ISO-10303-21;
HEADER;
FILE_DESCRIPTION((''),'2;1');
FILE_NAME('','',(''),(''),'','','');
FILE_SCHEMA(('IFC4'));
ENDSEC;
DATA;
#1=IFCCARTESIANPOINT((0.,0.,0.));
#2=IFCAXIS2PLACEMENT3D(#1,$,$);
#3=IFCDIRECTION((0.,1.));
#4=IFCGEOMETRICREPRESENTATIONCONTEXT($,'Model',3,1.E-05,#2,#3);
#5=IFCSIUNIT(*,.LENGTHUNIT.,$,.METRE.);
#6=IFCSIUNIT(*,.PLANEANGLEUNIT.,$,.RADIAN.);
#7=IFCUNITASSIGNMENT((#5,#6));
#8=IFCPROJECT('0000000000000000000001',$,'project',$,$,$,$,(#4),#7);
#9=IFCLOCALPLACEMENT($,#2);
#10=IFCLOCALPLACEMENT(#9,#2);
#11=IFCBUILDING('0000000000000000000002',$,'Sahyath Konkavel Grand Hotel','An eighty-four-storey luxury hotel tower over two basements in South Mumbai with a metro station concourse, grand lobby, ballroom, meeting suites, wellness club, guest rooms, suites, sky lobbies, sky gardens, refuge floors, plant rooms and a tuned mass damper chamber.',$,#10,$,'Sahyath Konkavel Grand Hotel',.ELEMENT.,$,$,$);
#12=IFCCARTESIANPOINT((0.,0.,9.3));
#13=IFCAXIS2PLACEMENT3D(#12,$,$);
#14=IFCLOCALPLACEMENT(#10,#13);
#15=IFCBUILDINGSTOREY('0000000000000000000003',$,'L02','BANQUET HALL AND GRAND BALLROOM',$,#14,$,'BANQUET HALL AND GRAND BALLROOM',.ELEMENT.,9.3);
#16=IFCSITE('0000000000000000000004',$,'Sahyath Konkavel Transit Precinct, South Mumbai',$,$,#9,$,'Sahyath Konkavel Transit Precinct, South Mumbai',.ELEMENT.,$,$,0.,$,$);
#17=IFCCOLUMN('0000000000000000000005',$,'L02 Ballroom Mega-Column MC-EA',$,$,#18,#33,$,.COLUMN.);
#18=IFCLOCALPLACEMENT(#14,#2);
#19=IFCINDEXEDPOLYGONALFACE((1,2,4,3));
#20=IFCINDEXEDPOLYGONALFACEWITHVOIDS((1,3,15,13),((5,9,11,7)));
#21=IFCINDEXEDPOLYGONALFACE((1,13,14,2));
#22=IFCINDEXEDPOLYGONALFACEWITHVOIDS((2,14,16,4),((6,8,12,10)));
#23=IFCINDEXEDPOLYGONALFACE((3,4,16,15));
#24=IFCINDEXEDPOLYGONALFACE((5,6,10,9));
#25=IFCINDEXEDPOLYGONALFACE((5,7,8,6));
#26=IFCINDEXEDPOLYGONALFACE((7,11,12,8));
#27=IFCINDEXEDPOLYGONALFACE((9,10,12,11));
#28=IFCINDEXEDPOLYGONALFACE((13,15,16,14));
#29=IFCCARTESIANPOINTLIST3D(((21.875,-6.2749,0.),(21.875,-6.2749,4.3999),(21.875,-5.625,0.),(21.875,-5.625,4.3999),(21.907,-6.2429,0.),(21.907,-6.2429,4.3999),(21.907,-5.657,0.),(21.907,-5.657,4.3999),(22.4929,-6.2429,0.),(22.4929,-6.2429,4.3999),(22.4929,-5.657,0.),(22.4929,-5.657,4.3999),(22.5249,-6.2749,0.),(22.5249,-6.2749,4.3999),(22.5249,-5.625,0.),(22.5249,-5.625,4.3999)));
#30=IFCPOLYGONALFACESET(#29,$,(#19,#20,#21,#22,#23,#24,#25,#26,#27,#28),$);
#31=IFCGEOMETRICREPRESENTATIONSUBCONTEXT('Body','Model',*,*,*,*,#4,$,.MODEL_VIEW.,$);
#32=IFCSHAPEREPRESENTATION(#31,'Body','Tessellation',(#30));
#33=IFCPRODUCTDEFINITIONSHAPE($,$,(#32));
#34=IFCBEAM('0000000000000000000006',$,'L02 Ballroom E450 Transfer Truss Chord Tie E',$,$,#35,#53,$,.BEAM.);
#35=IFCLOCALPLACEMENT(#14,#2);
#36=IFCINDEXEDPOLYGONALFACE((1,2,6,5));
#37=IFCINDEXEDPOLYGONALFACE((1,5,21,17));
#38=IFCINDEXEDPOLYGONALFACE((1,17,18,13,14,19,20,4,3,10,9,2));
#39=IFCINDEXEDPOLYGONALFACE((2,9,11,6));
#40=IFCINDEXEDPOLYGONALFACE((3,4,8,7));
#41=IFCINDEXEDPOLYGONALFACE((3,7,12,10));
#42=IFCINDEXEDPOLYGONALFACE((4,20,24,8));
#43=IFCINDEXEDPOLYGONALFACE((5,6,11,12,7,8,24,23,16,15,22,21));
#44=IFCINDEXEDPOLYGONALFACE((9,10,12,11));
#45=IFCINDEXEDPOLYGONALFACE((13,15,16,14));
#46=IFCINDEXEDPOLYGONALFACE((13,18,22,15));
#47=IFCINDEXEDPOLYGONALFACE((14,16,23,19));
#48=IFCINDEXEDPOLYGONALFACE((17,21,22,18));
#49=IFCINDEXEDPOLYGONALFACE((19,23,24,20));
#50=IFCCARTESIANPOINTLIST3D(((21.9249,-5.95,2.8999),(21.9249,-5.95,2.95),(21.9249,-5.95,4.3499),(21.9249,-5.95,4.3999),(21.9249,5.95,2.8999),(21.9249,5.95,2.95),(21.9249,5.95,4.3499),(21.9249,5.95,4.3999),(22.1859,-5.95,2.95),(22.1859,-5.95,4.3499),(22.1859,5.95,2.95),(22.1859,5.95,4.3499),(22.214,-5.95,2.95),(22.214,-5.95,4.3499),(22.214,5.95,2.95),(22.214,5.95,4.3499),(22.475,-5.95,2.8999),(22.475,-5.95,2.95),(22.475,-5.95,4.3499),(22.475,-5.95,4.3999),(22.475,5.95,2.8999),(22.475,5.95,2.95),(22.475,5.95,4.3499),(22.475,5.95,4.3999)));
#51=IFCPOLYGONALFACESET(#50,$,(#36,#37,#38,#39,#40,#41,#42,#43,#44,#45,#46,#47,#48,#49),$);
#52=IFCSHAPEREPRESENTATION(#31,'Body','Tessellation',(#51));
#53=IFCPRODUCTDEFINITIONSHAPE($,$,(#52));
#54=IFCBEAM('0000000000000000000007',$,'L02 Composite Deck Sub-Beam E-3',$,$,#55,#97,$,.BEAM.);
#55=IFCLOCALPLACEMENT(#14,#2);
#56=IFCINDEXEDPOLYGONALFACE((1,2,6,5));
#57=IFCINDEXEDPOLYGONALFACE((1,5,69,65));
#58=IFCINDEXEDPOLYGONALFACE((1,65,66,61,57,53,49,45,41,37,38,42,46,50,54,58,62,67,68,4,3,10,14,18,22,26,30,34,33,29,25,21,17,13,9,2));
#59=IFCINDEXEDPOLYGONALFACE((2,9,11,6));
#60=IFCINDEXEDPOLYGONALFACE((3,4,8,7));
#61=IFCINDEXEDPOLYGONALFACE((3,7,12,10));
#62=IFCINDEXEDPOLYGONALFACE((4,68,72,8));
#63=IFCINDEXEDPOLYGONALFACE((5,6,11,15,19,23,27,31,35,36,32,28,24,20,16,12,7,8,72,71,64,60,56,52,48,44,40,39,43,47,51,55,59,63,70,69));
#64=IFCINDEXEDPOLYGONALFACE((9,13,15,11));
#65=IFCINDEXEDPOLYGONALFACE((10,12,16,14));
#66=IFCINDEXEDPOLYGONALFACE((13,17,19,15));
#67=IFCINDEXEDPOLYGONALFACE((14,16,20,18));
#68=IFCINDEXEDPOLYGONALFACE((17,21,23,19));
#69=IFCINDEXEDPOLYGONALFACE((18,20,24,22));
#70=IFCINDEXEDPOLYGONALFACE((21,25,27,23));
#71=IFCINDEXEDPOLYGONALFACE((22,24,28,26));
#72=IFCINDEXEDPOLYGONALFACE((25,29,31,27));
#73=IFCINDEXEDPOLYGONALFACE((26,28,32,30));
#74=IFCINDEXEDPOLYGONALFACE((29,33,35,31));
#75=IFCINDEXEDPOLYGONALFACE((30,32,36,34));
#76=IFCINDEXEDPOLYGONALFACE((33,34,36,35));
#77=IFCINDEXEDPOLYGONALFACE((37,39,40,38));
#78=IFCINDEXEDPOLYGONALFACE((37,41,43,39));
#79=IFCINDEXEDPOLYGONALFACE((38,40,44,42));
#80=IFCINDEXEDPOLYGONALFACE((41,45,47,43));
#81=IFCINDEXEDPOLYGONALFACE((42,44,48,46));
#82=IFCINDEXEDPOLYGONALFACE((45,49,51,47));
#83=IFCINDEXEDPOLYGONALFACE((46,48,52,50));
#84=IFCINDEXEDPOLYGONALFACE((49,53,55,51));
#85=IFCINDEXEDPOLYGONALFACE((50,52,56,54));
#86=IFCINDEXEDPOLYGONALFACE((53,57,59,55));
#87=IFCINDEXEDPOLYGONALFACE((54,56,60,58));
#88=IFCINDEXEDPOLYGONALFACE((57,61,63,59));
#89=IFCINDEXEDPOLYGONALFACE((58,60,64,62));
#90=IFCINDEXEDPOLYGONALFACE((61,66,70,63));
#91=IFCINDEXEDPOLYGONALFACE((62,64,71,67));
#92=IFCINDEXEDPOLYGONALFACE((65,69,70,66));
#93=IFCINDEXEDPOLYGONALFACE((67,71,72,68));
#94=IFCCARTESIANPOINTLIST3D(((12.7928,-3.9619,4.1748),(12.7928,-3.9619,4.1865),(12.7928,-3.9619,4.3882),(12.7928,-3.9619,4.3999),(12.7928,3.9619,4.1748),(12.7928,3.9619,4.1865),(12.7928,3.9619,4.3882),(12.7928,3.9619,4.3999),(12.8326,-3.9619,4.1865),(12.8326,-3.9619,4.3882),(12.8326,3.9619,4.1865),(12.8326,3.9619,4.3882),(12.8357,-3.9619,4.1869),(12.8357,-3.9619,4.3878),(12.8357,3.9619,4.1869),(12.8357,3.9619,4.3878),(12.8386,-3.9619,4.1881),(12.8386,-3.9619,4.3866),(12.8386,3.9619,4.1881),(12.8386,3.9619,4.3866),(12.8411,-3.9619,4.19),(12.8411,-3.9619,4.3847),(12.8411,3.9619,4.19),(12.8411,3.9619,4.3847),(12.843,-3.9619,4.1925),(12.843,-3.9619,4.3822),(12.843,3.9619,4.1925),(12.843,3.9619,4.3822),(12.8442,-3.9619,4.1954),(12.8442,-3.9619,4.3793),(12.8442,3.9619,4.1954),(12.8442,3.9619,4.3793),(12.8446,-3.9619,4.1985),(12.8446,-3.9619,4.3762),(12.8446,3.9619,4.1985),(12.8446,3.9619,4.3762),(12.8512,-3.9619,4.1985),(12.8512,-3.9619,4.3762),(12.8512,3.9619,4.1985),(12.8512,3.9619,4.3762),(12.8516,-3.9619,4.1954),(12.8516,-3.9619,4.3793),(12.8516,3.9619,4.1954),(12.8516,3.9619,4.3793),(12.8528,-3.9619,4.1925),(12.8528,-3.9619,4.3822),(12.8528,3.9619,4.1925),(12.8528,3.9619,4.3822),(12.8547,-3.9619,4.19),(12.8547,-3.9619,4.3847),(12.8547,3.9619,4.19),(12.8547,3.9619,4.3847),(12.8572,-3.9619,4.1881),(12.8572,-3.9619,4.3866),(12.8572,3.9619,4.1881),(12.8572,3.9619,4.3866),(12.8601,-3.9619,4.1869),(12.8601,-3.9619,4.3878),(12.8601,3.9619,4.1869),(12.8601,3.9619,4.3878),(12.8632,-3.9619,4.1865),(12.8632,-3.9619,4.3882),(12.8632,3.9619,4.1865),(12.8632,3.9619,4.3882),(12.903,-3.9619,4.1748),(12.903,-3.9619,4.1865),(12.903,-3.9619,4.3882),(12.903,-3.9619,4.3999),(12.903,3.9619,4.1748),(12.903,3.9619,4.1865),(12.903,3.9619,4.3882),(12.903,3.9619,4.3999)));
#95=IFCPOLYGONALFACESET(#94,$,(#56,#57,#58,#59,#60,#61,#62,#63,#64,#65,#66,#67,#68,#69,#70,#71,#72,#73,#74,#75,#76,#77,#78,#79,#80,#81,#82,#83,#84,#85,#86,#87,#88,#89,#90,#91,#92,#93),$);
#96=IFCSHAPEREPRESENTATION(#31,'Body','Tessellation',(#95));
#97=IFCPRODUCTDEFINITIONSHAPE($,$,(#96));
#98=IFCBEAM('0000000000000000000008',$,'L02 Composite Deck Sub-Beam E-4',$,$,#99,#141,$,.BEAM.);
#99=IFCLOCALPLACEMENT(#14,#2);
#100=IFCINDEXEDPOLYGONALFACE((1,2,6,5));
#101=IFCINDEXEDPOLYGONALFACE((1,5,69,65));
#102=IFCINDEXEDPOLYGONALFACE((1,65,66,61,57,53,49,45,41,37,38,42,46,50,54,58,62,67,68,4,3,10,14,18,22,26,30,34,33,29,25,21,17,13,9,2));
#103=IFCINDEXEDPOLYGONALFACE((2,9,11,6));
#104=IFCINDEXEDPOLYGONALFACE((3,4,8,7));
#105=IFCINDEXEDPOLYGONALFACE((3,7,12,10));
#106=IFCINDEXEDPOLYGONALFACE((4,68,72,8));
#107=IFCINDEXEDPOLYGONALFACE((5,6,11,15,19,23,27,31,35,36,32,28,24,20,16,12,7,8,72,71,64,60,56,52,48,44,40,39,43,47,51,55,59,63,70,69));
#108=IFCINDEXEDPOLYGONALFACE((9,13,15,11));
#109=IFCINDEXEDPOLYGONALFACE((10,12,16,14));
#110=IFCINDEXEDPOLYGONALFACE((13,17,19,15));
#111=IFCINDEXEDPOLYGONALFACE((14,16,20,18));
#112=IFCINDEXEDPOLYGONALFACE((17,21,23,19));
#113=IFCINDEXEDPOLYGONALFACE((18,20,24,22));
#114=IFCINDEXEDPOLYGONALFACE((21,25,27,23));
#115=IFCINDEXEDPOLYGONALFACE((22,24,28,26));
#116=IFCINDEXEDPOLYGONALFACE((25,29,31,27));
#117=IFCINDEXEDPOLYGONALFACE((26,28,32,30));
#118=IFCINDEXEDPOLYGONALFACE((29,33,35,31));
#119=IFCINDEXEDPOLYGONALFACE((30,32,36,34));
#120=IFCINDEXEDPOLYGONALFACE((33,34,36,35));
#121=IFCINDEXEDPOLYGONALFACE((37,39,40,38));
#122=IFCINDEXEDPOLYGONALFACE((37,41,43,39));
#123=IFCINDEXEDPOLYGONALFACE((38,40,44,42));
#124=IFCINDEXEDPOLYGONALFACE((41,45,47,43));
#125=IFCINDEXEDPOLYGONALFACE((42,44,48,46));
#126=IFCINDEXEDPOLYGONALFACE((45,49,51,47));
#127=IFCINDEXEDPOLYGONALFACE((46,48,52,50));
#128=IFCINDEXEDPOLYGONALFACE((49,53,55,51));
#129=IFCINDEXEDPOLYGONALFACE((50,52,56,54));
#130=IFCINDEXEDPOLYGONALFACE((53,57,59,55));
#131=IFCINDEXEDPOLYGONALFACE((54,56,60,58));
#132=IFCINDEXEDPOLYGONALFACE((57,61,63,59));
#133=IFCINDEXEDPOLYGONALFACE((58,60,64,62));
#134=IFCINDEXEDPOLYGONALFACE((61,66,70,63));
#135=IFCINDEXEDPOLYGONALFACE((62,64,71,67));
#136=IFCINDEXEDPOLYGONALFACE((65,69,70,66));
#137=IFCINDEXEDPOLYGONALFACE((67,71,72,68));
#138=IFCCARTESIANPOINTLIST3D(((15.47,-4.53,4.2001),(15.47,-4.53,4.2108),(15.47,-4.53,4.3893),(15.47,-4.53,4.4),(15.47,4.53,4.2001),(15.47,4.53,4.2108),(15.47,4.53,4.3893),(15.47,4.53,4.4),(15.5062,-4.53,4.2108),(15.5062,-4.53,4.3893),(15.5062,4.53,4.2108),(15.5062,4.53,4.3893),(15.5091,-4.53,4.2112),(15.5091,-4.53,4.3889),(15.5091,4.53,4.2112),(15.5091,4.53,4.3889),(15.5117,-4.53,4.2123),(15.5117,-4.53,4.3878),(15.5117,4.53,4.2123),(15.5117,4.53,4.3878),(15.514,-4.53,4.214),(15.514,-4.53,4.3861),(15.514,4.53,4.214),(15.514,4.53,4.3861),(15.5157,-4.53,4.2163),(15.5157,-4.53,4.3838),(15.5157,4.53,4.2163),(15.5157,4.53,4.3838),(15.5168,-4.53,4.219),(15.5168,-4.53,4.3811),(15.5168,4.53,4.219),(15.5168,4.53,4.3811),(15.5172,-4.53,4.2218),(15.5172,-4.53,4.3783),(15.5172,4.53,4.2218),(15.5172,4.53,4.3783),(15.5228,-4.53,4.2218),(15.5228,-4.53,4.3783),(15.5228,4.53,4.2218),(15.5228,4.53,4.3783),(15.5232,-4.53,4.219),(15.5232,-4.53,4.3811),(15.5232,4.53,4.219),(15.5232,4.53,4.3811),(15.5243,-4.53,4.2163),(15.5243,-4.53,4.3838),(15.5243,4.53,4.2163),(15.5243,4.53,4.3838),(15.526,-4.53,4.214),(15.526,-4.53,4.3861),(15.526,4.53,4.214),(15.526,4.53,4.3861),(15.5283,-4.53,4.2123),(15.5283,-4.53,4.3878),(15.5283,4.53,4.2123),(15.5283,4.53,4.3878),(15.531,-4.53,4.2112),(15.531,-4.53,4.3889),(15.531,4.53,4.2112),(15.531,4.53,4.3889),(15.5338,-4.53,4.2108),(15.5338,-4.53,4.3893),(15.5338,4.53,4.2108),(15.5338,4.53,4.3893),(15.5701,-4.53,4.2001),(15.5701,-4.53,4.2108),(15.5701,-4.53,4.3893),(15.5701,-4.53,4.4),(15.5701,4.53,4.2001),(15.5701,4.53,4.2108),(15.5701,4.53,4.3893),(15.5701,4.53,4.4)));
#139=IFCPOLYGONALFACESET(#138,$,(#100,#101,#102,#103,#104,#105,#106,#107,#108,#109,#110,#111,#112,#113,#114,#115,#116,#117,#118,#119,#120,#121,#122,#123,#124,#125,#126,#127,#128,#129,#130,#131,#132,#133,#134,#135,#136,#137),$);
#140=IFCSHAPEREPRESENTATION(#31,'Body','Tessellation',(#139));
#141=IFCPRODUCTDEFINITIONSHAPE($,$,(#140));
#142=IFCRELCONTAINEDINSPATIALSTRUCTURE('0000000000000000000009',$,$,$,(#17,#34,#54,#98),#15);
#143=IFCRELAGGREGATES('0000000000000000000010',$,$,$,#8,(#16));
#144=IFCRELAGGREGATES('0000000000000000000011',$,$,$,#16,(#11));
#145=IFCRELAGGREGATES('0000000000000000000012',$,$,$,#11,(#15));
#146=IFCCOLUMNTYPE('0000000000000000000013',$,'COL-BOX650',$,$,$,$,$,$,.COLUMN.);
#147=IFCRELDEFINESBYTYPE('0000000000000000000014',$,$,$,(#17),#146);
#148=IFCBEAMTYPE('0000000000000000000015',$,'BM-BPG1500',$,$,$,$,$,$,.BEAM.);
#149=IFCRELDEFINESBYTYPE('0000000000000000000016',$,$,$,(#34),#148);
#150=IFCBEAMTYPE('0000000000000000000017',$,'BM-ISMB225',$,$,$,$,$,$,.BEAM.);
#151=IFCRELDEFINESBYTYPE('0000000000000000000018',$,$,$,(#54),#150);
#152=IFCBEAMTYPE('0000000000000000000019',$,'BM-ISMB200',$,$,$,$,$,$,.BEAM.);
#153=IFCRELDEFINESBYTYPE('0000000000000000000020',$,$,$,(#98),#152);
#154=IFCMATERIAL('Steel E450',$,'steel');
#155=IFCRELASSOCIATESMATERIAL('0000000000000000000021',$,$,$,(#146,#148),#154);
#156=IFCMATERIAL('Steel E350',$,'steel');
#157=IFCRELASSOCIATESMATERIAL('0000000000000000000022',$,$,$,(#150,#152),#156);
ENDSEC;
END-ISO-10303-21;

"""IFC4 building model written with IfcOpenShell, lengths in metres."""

from ifc_helpers import new_model, si_unit, direction, frame, origin, origin_2d, place, context, subcontext, project, spatial, hollow_rectangle, i_section, extrude, source, transform, mapped, material, material_profile, profile_set, type_object, element, save


model = new_model("IFC4")

# Units and contexts
model_context = context("Model", 3, precision=1e-05, world=origin(), true_north=direction((0.0, 1.0)))
body_context = subcontext(model_context, "Body", "Model", "MODEL_VIEW")
ifc_project = project(units=[si_unit("LENGTHUNIT", "METRE"), si_unit("PLANEANGLEUNIT", "RADIAN")], contexts=[model_context])

# Site, building, storey
site_placement = place(None, origin())
site = spatial("IfcSite", under=ifc_project, at=site_placement, Name="Sahyath Konkavel Transit Precinct, South Mumbai", LongName="Sahyath Konkavel Transit Precinct, South Mumbai", CompositionType="ELEMENT", RefElevation=0.0)
building_placement = place(site_placement, origin())
building = spatial("IfcBuilding", under=site, at=building_placement, Name="Sahyath Konkavel Grand Hotel", Description="An eighty-four-storey luxury hotel tower over two basements in South Mumbai with a metro station concourse, grand lobby, ballroom, meeting suites, wellness club, guest rooms, suites, sky lobbies, sky gardens, refuge floors, plant rooms and a tuned mass damper chamber.", LongName="Sahyath Konkavel Grand Hotel", CompositionType="ELEMENT")
storey_placement = place(building_placement, frame((0.0, 0.0, 9.3)))
storey = spatial("IfcBuildingStorey", under=building, at=storey_placement, Name="L02", Description="BANQUET HALL AND GRAND BALLROOM", LongName="BANQUET HALL AND GRAND BALLROOM", CompositionType="ELEMENT", Elevation=9.3)

# Column
ifc_material_1 = material(Name="Steel E450", Category="steel")
ifc_material_profile_1 = material_profile(ifc_material_1, hollow_rectangle(XDim=0.6499, YDim=0.6499, WallThickness=0.032, at=origin_2d()), Name="BOX 650x650x32")
ifc_profile_set_1 = profile_set([ifc_material_profile_1], Name="Steel E450")
column_type = type_object("IfcColumnType", Name="COL-BOX650", PredefinedType="COLUMN", material=ifc_profile_set_1)
shared_shape_1 = source(origin(), body_context, "Body", "SweptSolid", [
    extrude(hollow_rectangle(XDim=0.6499, YDim=0.6499, WallThickness=0.032, at=origin_2d()), origin(), (0.0, 0.0, 1.0), 4.3999),
])
column_placement = place(storey_placement, frame((22.2, -5.95, 0.0), z_axis=(0.0, 0.0, 1.0), x_axis=(1.0, 0.0, 0.0)))
element("IfcColumn", 1, at=column_placement, inside=storey, type_object=column_type, Name="L02 Ballroom Mega-Column MC-EA", PredefinedType="COLUMN", context=body_context, shape_type="MappedRepresentation", body=[
    mapped(shared_shape_1, transform((0.0, 0.0, 0.0), scale=1.0)),
])

# Beams
ifc_material_profile_2 = material_profile(ifc_material_1, i_section(OverallWidth=0.55, OverallDepth=1.5, WebThickness=0.0281, FlangeThickness=0.05, at=origin_2d()), Name="BPG 1500x550")
ifc_profile_set_2 = profile_set([ifc_material_profile_2], Name="Steel E450")
beam_type_1 = type_object("IfcBeamType", Name="BM-BPG1500", PredefinedType="BEAM", material=ifc_profile_set_2)
shared_shape_2 = source(origin(), body_context, "Body", "SweptSolid", [
    extrude(i_section(OverallWidth=0.55, OverallDepth=1.5, WebThickness=0.0281, FlangeThickness=0.05, at=origin_2d()), origin(), (0.0, 0.0, 1.0), 11.8999),
])
beam_1_placement = place(storey_placement, frame((22.2, -5.95, 3.6499), z_axis=(0.0, 1.0, 0.0), x_axis=(-1.0, 0.0, 0.0)))
element("IfcBeam", 2, at=beam_1_placement, inside=storey, type_object=beam_type_1, Name="L02 Ballroom E450 Transfer Truss Chord Tie E", PredefinedType="BEAM", context=body_context, shape_type="MappedRepresentation", body=[
    mapped(shared_shape_2, transform((0.0, 0.0, 0.0), scale=1.0)),
])
ifc_material_2 = material(Name="Steel E350", Category="steel")
ifc_material_profile_3 = material_profile(ifc_material_2, i_section(OverallWidth=0.1101, OverallDepth=0.2251, WebThickness=0.0066, FlangeThickness=0.0117, FilletRadius=0.012, at=origin_2d()), Name="ISMB 225")
ifc_profile_set_3 = profile_set([ifc_material_profile_3], Name="Steel E350")
beam_type_2 = type_object("IfcBeamType", Name="BM-ISMB225", PredefinedType="BEAM", material=ifc_profile_set_3)
shared_shape_3 = source(origin(), body_context, "Body", "SweptSolid", [
    extrude(i_section(OverallWidth=0.1101, OverallDepth=0.2251, WebThickness=0.0066, FlangeThickness=0.0117, FilletRadius=0.012, at=origin_2d()), origin(), (0.0, 0.0, 1.0), 7.9238),
])
beam_2_placement = place(storey_placement, frame((12.8479, -3.9619, 4.2874), z_axis=(0.0, 1.0, 0.0), x_axis=(-1.0, 0.0, 0.0)))
element("IfcBeam", 3, at=beam_2_placement, inside=storey, type_object=beam_type_2, Name="L02 Composite Deck Sub-Beam E-3", PredefinedType="BEAM", context=body_context, shape_type="MappedRepresentation", body=[
    mapped(shared_shape_3, transform((0.0, 0.0, 0.0), scale=1.0)),
])
ifc_material_profile_4 = material_profile(ifc_material_2, i_section(OverallWidth=0.1001, OverallDepth=0.2, WebThickness=0.0056, FlangeThickness=0.0107, FilletRadius=0.011, at=origin_2d()), Name="ISMB 200")
ifc_profile_set_4 = profile_set([ifc_material_profile_4], Name="Steel E350")
beam_type_3 = type_object("IfcBeamType", Name="BM-ISMB200", PredefinedType="BEAM", material=ifc_profile_set_4)
shared_shape_4 = source(origin(), body_context, "Body", "SweptSolid", [
    extrude(i_section(OverallWidth=0.1001, OverallDepth=0.2, WebThickness=0.0056, FlangeThickness=0.0107, FilletRadius=0.011, at=origin_2d()), origin(), (0.0, 0.0, 1.0), 9.0601),
])
beam_3_placement = place(storey_placement, frame((15.52, -4.53, 4.3), z_axis=(0.0, 1.0, 0.0), x_axis=(-1.0, 0.0, 0.0)))
element("IfcBeam", 4, at=beam_3_placement, inside=storey, type_object=beam_type_3, Name="L02 Composite Deck Sub-Beam E-4", PredefinedType="BEAM", context=body_context, shape_type="MappedRepresentation", body=[
    mapped(shared_shape_4, transform((0.0, 0.0, 0.0), scale=1.0)),
])

save(model, "model.ifc")
